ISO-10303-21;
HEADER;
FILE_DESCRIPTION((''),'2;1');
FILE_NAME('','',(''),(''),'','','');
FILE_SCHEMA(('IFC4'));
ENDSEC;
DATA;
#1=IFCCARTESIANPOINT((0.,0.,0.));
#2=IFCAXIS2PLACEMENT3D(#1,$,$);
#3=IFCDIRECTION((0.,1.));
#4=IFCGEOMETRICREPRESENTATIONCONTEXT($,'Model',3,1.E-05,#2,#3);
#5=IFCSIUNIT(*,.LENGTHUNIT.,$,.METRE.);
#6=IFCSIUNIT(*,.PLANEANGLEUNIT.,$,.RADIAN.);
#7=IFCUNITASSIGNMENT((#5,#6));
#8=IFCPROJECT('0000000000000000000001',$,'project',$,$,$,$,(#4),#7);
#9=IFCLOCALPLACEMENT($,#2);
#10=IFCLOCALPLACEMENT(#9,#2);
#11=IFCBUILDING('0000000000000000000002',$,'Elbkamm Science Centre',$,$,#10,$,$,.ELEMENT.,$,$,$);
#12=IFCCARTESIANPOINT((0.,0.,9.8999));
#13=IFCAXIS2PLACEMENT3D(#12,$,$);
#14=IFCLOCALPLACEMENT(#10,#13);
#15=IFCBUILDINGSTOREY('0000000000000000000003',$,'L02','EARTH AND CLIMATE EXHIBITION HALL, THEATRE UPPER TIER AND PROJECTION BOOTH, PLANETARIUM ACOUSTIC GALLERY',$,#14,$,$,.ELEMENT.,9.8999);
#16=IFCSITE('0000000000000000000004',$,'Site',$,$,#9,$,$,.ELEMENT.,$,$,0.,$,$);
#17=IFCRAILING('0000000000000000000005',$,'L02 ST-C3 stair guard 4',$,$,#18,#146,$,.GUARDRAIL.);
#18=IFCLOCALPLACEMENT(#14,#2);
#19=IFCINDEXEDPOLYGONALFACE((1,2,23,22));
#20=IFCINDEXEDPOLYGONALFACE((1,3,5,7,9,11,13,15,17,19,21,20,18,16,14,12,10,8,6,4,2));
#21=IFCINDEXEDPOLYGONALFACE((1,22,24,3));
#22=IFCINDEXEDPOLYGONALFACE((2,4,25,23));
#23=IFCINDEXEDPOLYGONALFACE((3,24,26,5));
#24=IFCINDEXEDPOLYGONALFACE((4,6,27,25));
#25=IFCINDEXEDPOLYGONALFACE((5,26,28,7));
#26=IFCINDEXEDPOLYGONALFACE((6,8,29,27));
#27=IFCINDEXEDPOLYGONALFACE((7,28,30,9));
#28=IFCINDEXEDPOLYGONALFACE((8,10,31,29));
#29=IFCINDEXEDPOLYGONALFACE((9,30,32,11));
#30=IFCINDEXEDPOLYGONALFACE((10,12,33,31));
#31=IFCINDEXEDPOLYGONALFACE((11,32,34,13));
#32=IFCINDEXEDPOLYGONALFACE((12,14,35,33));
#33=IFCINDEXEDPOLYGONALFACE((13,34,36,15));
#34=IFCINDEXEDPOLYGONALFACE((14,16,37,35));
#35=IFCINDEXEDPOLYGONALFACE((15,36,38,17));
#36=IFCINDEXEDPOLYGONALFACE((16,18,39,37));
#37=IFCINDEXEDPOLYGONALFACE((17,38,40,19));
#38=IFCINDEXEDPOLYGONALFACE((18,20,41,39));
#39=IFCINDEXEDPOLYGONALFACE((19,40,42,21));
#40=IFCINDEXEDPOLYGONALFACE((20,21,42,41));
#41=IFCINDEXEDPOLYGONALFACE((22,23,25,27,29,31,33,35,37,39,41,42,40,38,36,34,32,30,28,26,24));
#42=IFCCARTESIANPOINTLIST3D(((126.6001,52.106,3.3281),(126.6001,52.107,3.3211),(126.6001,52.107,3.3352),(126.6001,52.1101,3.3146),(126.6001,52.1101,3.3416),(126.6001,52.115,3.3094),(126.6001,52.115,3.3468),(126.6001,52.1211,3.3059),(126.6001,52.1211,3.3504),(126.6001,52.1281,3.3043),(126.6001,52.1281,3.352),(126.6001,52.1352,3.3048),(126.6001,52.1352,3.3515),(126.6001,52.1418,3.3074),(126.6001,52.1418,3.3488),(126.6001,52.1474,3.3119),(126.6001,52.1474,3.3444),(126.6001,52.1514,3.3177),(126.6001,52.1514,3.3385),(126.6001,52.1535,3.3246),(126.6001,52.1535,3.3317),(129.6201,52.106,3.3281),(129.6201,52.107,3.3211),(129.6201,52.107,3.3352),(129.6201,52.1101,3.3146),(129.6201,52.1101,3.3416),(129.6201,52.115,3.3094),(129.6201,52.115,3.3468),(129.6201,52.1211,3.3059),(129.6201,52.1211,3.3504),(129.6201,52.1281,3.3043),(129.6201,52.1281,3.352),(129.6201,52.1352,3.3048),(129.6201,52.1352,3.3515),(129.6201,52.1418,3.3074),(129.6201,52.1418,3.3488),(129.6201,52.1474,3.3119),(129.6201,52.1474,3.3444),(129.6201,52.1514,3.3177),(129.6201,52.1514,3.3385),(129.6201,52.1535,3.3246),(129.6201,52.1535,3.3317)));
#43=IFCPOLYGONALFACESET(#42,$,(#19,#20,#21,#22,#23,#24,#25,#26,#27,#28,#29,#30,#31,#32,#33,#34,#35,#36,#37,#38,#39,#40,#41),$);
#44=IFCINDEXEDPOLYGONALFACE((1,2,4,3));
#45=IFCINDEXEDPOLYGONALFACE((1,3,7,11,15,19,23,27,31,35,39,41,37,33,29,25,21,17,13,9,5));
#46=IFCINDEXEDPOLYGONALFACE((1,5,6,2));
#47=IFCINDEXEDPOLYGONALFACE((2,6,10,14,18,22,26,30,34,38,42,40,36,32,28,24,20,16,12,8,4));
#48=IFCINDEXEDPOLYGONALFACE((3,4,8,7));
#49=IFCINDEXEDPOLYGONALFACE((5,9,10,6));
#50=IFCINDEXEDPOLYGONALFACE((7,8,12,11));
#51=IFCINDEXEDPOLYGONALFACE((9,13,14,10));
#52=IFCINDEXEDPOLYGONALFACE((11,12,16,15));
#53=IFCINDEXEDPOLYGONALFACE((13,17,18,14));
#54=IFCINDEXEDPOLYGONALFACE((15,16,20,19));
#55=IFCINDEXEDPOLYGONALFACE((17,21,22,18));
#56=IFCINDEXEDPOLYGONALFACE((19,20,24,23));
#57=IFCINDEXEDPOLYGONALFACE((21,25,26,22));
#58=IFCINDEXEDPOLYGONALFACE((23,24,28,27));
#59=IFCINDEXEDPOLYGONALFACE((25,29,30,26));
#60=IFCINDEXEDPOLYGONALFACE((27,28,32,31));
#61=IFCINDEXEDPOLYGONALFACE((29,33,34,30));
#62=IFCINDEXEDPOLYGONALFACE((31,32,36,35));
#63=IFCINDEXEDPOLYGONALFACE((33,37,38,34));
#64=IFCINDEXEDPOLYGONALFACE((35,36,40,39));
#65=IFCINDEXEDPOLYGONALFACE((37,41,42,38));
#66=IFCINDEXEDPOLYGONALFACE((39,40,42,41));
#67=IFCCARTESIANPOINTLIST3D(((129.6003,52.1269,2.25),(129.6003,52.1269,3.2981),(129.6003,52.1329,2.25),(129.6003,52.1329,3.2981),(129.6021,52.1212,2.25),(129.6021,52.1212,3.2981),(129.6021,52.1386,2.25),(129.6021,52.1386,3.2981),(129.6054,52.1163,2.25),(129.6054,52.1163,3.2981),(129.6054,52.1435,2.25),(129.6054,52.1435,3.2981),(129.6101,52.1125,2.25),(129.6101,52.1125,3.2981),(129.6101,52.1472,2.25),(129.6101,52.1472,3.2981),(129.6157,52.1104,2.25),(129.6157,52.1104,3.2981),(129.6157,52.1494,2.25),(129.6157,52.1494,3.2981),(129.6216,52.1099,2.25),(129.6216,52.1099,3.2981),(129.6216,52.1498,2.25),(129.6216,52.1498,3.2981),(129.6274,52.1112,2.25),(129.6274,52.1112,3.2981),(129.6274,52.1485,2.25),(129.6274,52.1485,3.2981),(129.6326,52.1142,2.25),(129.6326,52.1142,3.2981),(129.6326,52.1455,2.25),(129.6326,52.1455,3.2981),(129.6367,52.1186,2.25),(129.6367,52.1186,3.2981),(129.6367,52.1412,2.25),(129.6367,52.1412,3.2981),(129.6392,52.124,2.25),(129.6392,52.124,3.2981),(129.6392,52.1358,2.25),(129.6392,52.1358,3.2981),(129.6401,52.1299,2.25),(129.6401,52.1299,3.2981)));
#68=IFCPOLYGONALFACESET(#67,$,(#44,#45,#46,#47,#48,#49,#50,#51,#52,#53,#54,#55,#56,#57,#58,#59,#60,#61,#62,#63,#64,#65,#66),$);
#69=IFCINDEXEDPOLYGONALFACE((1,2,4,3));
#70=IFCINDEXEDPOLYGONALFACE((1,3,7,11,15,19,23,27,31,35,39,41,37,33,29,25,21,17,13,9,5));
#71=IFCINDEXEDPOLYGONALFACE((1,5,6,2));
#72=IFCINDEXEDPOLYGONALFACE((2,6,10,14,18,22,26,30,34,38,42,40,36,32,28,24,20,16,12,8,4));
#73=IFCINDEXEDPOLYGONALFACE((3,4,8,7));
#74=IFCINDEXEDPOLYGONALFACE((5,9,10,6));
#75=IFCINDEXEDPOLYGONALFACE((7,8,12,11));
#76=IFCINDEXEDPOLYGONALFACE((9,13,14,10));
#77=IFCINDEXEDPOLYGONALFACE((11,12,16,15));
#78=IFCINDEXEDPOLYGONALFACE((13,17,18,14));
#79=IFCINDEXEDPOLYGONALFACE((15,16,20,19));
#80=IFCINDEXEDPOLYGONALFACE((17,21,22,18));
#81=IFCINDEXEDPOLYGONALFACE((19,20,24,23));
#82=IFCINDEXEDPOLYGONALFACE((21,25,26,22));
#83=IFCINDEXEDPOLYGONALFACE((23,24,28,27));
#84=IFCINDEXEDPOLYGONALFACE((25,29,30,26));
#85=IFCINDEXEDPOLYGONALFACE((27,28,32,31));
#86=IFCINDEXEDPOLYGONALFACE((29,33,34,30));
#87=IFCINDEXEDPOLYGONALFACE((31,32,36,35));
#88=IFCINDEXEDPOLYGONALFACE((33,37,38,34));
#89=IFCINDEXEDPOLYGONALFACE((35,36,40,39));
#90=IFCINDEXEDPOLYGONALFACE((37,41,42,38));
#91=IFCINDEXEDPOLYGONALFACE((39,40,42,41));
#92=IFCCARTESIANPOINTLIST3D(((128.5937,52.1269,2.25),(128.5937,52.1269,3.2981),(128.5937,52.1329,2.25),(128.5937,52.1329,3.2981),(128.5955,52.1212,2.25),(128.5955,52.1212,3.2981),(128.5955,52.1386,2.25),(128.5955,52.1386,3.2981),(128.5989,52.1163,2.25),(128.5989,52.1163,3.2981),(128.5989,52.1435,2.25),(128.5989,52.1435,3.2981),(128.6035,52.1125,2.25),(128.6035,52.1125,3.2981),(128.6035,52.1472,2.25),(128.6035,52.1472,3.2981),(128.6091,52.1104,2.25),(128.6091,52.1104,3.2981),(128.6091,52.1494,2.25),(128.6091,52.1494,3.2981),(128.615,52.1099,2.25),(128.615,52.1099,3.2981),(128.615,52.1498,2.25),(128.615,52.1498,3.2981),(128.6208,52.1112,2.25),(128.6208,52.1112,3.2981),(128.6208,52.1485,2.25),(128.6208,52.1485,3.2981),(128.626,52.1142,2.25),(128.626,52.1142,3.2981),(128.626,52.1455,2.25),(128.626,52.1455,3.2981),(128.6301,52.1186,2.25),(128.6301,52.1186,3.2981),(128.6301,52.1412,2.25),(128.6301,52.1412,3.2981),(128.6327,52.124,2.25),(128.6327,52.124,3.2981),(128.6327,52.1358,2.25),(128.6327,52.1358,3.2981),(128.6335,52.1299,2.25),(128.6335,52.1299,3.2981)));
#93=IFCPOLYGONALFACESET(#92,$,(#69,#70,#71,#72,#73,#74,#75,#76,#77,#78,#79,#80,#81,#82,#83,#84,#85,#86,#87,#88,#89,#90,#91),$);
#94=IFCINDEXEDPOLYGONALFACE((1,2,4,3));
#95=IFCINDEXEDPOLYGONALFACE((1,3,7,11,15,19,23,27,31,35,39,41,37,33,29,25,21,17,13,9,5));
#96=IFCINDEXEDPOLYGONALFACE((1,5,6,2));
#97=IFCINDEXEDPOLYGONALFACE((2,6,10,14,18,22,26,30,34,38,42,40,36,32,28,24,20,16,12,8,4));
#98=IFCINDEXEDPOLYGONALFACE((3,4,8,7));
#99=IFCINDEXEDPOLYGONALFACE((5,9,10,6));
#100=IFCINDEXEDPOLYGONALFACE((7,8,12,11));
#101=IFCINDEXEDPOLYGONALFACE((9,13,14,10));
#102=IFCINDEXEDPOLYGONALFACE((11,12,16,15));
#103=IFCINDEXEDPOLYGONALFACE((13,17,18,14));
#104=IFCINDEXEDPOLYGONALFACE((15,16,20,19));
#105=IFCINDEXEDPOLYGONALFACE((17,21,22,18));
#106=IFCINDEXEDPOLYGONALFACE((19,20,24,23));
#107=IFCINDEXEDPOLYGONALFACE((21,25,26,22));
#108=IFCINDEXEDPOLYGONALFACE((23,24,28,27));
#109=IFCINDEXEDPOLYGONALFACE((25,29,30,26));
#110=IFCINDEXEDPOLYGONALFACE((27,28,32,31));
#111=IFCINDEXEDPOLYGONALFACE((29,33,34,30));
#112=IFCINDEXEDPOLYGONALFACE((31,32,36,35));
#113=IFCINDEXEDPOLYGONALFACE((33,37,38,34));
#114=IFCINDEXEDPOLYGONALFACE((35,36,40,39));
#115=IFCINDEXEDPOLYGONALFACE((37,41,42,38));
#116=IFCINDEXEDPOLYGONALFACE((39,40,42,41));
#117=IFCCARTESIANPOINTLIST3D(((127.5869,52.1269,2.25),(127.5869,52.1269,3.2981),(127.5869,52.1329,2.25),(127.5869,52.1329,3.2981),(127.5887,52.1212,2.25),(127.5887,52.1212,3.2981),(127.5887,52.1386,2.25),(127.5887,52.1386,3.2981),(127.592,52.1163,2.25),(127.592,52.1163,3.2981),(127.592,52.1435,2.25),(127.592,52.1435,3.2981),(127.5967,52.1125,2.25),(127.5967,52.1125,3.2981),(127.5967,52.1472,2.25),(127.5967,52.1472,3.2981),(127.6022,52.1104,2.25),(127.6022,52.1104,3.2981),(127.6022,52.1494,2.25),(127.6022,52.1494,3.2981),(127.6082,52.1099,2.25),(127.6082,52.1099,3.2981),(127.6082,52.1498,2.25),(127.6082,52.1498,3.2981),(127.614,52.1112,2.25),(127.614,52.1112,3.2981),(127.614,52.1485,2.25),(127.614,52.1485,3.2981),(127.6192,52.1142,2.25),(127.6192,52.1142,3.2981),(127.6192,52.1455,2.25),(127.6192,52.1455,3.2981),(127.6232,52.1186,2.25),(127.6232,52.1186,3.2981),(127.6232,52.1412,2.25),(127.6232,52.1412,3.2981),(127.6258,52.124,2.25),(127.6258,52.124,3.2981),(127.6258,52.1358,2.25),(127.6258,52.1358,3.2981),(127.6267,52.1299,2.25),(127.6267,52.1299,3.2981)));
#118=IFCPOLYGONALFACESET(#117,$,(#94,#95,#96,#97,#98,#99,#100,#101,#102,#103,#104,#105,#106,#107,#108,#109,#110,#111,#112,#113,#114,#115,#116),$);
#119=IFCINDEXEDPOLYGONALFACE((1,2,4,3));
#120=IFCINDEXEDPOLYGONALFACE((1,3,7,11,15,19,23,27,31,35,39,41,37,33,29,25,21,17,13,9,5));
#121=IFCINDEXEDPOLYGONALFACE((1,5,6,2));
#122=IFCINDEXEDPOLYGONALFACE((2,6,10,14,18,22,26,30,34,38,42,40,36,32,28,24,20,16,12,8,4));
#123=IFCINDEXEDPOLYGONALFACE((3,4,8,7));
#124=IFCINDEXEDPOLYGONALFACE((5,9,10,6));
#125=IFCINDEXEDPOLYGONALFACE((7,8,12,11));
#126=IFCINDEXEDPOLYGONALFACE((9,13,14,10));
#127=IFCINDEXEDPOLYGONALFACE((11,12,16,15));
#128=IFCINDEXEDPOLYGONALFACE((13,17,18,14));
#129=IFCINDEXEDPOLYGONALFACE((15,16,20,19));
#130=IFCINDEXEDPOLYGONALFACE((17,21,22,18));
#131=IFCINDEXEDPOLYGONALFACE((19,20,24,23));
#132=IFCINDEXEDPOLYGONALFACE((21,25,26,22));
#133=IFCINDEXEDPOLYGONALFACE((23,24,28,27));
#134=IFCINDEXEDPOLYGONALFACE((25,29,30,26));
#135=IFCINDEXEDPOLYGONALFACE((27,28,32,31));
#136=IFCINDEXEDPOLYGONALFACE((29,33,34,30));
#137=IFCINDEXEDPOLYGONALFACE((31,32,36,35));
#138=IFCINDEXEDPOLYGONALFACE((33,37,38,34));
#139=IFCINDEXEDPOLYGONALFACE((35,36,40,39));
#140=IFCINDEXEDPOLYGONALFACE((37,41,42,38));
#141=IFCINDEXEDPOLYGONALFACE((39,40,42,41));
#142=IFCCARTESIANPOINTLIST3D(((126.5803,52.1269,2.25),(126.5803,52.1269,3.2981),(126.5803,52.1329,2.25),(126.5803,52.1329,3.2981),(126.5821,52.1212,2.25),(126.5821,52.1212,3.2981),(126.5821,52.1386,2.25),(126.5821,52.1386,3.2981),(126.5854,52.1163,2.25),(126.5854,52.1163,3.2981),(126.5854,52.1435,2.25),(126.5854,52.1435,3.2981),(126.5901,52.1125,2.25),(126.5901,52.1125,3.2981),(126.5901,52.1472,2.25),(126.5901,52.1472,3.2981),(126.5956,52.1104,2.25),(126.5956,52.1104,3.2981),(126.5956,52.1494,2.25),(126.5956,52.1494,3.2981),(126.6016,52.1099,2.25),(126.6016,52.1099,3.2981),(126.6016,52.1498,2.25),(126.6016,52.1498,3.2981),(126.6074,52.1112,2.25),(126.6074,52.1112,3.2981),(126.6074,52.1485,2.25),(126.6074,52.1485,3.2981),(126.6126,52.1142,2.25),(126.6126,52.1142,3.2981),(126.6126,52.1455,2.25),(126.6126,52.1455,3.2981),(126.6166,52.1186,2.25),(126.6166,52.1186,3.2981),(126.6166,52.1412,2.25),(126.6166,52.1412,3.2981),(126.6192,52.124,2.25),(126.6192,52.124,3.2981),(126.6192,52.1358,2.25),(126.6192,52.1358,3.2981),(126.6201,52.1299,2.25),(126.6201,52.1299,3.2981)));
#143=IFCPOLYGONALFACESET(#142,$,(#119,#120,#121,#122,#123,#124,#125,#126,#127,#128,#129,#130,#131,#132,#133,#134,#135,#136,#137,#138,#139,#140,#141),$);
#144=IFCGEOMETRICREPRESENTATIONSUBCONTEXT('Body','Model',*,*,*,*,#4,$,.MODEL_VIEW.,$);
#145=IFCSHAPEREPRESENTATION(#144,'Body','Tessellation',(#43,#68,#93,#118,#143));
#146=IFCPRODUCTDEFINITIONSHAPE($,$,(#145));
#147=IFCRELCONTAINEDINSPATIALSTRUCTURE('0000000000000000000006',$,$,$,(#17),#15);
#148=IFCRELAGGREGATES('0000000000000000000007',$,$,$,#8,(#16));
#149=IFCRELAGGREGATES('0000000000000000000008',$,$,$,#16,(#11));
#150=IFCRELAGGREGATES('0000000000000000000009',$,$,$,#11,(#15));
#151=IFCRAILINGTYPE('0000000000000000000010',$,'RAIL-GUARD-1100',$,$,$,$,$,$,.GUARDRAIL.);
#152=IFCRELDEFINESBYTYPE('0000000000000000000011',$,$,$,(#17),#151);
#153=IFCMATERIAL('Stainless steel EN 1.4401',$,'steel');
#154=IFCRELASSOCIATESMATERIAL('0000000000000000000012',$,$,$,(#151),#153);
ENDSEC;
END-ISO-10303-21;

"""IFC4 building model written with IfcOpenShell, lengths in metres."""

from ifc_helpers import new_model, si_unit, direction, frame, origin, origin_2d, place, context, subcontext, project, spatial, circle, extrude, material, type_object, element, save


model = new_model("IFC4")

# Units and contexts
model_context = context("Model", 3, precision=1e-05, world=origin(), true_north=direction((0.0, 1.0)))
body_context = subcontext(model_context, "Body", "Model", "MODEL_VIEW")
ifc_project = project(units=[si_unit("LENGTHUNIT", "METRE"), si_unit("PLANEANGLEUNIT", "RADIAN")], contexts=[model_context])

# Site, building, storey
site_placement = place(None, origin())
site = spatial("IfcSite", under=ifc_project, at=site_placement, Name="Site", CompositionType="ELEMENT", RefElevation=0.0)
building_placement = place(site_placement, origin())
building = spatial("IfcBuilding", under=site, at=building_placement, Name="Elbkamm Science Centre", CompositionType="ELEMENT")
storey_placement = place(building_placement, frame((0.0, 0.0, 9.8999)))
storey = spatial("IfcBuildingStorey", under=building, at=storey_placement, Name="L02", Description="EARTH AND CLIMATE EXHIBITION HALL, THEATRE UPPER TIER AND PROJECTION BOOTH, PLANETARIUM ACOUSTIC GALLERY", CompositionType="ELEMENT", Elevation=9.8999)

# Railing
ifc_material_1 = material(Name="Stainless steel EN 1.4401", Category="steel")
railing_type_1 = type_object("IfcRailingType", Name="RAIL-GUARD-1100", PredefinedType="GUARDRAIL", material=ifc_material_1)
railing_1_placement = place(storey_placement, frame((129.6201, 52.1299, 2.25)))
element("IfcRailing", 1, at=railing_1_placement, inside=storey, type_object=railing_type_1, Name="L02 ST-C3 stair guard 4", PredefinedType="GUARDRAIL", context=body_context, shape_type="SweptSolid", body=[
    extrude(circle(Radius=0.0239, at=origin_2d()), frame((0.0, 0.0, 1.0781), z_axis=(-1.0, 0.0, 0.0), x_axis=(0.0, -1.0, 0.0)), (0.0, 0.0, 1.0), 3.02),
    extrude(circle(Radius=0.02, at=origin_2d()), origin(), (0.0, 0.0, 1.0), 1.0481),
    extrude(circle(Radius=0.02, at=origin_2d()), frame((-1.0066, 0.0, 0.0)), (0.0, 0.0, 1.0), 1.0481),
    extrude(circle(Radius=0.02, at=origin_2d()), frame((-2.0134, 0.0, 0.0)), (0.0, 0.0, 1.0), 1.0481),
    extrude(circle(Radius=0.02, at=origin_2d()), frame((-3.02, 0.0, 0.0)), (0.0, 0.0, 1.0), 1.0481),
])

save(model, "model.ifc")
